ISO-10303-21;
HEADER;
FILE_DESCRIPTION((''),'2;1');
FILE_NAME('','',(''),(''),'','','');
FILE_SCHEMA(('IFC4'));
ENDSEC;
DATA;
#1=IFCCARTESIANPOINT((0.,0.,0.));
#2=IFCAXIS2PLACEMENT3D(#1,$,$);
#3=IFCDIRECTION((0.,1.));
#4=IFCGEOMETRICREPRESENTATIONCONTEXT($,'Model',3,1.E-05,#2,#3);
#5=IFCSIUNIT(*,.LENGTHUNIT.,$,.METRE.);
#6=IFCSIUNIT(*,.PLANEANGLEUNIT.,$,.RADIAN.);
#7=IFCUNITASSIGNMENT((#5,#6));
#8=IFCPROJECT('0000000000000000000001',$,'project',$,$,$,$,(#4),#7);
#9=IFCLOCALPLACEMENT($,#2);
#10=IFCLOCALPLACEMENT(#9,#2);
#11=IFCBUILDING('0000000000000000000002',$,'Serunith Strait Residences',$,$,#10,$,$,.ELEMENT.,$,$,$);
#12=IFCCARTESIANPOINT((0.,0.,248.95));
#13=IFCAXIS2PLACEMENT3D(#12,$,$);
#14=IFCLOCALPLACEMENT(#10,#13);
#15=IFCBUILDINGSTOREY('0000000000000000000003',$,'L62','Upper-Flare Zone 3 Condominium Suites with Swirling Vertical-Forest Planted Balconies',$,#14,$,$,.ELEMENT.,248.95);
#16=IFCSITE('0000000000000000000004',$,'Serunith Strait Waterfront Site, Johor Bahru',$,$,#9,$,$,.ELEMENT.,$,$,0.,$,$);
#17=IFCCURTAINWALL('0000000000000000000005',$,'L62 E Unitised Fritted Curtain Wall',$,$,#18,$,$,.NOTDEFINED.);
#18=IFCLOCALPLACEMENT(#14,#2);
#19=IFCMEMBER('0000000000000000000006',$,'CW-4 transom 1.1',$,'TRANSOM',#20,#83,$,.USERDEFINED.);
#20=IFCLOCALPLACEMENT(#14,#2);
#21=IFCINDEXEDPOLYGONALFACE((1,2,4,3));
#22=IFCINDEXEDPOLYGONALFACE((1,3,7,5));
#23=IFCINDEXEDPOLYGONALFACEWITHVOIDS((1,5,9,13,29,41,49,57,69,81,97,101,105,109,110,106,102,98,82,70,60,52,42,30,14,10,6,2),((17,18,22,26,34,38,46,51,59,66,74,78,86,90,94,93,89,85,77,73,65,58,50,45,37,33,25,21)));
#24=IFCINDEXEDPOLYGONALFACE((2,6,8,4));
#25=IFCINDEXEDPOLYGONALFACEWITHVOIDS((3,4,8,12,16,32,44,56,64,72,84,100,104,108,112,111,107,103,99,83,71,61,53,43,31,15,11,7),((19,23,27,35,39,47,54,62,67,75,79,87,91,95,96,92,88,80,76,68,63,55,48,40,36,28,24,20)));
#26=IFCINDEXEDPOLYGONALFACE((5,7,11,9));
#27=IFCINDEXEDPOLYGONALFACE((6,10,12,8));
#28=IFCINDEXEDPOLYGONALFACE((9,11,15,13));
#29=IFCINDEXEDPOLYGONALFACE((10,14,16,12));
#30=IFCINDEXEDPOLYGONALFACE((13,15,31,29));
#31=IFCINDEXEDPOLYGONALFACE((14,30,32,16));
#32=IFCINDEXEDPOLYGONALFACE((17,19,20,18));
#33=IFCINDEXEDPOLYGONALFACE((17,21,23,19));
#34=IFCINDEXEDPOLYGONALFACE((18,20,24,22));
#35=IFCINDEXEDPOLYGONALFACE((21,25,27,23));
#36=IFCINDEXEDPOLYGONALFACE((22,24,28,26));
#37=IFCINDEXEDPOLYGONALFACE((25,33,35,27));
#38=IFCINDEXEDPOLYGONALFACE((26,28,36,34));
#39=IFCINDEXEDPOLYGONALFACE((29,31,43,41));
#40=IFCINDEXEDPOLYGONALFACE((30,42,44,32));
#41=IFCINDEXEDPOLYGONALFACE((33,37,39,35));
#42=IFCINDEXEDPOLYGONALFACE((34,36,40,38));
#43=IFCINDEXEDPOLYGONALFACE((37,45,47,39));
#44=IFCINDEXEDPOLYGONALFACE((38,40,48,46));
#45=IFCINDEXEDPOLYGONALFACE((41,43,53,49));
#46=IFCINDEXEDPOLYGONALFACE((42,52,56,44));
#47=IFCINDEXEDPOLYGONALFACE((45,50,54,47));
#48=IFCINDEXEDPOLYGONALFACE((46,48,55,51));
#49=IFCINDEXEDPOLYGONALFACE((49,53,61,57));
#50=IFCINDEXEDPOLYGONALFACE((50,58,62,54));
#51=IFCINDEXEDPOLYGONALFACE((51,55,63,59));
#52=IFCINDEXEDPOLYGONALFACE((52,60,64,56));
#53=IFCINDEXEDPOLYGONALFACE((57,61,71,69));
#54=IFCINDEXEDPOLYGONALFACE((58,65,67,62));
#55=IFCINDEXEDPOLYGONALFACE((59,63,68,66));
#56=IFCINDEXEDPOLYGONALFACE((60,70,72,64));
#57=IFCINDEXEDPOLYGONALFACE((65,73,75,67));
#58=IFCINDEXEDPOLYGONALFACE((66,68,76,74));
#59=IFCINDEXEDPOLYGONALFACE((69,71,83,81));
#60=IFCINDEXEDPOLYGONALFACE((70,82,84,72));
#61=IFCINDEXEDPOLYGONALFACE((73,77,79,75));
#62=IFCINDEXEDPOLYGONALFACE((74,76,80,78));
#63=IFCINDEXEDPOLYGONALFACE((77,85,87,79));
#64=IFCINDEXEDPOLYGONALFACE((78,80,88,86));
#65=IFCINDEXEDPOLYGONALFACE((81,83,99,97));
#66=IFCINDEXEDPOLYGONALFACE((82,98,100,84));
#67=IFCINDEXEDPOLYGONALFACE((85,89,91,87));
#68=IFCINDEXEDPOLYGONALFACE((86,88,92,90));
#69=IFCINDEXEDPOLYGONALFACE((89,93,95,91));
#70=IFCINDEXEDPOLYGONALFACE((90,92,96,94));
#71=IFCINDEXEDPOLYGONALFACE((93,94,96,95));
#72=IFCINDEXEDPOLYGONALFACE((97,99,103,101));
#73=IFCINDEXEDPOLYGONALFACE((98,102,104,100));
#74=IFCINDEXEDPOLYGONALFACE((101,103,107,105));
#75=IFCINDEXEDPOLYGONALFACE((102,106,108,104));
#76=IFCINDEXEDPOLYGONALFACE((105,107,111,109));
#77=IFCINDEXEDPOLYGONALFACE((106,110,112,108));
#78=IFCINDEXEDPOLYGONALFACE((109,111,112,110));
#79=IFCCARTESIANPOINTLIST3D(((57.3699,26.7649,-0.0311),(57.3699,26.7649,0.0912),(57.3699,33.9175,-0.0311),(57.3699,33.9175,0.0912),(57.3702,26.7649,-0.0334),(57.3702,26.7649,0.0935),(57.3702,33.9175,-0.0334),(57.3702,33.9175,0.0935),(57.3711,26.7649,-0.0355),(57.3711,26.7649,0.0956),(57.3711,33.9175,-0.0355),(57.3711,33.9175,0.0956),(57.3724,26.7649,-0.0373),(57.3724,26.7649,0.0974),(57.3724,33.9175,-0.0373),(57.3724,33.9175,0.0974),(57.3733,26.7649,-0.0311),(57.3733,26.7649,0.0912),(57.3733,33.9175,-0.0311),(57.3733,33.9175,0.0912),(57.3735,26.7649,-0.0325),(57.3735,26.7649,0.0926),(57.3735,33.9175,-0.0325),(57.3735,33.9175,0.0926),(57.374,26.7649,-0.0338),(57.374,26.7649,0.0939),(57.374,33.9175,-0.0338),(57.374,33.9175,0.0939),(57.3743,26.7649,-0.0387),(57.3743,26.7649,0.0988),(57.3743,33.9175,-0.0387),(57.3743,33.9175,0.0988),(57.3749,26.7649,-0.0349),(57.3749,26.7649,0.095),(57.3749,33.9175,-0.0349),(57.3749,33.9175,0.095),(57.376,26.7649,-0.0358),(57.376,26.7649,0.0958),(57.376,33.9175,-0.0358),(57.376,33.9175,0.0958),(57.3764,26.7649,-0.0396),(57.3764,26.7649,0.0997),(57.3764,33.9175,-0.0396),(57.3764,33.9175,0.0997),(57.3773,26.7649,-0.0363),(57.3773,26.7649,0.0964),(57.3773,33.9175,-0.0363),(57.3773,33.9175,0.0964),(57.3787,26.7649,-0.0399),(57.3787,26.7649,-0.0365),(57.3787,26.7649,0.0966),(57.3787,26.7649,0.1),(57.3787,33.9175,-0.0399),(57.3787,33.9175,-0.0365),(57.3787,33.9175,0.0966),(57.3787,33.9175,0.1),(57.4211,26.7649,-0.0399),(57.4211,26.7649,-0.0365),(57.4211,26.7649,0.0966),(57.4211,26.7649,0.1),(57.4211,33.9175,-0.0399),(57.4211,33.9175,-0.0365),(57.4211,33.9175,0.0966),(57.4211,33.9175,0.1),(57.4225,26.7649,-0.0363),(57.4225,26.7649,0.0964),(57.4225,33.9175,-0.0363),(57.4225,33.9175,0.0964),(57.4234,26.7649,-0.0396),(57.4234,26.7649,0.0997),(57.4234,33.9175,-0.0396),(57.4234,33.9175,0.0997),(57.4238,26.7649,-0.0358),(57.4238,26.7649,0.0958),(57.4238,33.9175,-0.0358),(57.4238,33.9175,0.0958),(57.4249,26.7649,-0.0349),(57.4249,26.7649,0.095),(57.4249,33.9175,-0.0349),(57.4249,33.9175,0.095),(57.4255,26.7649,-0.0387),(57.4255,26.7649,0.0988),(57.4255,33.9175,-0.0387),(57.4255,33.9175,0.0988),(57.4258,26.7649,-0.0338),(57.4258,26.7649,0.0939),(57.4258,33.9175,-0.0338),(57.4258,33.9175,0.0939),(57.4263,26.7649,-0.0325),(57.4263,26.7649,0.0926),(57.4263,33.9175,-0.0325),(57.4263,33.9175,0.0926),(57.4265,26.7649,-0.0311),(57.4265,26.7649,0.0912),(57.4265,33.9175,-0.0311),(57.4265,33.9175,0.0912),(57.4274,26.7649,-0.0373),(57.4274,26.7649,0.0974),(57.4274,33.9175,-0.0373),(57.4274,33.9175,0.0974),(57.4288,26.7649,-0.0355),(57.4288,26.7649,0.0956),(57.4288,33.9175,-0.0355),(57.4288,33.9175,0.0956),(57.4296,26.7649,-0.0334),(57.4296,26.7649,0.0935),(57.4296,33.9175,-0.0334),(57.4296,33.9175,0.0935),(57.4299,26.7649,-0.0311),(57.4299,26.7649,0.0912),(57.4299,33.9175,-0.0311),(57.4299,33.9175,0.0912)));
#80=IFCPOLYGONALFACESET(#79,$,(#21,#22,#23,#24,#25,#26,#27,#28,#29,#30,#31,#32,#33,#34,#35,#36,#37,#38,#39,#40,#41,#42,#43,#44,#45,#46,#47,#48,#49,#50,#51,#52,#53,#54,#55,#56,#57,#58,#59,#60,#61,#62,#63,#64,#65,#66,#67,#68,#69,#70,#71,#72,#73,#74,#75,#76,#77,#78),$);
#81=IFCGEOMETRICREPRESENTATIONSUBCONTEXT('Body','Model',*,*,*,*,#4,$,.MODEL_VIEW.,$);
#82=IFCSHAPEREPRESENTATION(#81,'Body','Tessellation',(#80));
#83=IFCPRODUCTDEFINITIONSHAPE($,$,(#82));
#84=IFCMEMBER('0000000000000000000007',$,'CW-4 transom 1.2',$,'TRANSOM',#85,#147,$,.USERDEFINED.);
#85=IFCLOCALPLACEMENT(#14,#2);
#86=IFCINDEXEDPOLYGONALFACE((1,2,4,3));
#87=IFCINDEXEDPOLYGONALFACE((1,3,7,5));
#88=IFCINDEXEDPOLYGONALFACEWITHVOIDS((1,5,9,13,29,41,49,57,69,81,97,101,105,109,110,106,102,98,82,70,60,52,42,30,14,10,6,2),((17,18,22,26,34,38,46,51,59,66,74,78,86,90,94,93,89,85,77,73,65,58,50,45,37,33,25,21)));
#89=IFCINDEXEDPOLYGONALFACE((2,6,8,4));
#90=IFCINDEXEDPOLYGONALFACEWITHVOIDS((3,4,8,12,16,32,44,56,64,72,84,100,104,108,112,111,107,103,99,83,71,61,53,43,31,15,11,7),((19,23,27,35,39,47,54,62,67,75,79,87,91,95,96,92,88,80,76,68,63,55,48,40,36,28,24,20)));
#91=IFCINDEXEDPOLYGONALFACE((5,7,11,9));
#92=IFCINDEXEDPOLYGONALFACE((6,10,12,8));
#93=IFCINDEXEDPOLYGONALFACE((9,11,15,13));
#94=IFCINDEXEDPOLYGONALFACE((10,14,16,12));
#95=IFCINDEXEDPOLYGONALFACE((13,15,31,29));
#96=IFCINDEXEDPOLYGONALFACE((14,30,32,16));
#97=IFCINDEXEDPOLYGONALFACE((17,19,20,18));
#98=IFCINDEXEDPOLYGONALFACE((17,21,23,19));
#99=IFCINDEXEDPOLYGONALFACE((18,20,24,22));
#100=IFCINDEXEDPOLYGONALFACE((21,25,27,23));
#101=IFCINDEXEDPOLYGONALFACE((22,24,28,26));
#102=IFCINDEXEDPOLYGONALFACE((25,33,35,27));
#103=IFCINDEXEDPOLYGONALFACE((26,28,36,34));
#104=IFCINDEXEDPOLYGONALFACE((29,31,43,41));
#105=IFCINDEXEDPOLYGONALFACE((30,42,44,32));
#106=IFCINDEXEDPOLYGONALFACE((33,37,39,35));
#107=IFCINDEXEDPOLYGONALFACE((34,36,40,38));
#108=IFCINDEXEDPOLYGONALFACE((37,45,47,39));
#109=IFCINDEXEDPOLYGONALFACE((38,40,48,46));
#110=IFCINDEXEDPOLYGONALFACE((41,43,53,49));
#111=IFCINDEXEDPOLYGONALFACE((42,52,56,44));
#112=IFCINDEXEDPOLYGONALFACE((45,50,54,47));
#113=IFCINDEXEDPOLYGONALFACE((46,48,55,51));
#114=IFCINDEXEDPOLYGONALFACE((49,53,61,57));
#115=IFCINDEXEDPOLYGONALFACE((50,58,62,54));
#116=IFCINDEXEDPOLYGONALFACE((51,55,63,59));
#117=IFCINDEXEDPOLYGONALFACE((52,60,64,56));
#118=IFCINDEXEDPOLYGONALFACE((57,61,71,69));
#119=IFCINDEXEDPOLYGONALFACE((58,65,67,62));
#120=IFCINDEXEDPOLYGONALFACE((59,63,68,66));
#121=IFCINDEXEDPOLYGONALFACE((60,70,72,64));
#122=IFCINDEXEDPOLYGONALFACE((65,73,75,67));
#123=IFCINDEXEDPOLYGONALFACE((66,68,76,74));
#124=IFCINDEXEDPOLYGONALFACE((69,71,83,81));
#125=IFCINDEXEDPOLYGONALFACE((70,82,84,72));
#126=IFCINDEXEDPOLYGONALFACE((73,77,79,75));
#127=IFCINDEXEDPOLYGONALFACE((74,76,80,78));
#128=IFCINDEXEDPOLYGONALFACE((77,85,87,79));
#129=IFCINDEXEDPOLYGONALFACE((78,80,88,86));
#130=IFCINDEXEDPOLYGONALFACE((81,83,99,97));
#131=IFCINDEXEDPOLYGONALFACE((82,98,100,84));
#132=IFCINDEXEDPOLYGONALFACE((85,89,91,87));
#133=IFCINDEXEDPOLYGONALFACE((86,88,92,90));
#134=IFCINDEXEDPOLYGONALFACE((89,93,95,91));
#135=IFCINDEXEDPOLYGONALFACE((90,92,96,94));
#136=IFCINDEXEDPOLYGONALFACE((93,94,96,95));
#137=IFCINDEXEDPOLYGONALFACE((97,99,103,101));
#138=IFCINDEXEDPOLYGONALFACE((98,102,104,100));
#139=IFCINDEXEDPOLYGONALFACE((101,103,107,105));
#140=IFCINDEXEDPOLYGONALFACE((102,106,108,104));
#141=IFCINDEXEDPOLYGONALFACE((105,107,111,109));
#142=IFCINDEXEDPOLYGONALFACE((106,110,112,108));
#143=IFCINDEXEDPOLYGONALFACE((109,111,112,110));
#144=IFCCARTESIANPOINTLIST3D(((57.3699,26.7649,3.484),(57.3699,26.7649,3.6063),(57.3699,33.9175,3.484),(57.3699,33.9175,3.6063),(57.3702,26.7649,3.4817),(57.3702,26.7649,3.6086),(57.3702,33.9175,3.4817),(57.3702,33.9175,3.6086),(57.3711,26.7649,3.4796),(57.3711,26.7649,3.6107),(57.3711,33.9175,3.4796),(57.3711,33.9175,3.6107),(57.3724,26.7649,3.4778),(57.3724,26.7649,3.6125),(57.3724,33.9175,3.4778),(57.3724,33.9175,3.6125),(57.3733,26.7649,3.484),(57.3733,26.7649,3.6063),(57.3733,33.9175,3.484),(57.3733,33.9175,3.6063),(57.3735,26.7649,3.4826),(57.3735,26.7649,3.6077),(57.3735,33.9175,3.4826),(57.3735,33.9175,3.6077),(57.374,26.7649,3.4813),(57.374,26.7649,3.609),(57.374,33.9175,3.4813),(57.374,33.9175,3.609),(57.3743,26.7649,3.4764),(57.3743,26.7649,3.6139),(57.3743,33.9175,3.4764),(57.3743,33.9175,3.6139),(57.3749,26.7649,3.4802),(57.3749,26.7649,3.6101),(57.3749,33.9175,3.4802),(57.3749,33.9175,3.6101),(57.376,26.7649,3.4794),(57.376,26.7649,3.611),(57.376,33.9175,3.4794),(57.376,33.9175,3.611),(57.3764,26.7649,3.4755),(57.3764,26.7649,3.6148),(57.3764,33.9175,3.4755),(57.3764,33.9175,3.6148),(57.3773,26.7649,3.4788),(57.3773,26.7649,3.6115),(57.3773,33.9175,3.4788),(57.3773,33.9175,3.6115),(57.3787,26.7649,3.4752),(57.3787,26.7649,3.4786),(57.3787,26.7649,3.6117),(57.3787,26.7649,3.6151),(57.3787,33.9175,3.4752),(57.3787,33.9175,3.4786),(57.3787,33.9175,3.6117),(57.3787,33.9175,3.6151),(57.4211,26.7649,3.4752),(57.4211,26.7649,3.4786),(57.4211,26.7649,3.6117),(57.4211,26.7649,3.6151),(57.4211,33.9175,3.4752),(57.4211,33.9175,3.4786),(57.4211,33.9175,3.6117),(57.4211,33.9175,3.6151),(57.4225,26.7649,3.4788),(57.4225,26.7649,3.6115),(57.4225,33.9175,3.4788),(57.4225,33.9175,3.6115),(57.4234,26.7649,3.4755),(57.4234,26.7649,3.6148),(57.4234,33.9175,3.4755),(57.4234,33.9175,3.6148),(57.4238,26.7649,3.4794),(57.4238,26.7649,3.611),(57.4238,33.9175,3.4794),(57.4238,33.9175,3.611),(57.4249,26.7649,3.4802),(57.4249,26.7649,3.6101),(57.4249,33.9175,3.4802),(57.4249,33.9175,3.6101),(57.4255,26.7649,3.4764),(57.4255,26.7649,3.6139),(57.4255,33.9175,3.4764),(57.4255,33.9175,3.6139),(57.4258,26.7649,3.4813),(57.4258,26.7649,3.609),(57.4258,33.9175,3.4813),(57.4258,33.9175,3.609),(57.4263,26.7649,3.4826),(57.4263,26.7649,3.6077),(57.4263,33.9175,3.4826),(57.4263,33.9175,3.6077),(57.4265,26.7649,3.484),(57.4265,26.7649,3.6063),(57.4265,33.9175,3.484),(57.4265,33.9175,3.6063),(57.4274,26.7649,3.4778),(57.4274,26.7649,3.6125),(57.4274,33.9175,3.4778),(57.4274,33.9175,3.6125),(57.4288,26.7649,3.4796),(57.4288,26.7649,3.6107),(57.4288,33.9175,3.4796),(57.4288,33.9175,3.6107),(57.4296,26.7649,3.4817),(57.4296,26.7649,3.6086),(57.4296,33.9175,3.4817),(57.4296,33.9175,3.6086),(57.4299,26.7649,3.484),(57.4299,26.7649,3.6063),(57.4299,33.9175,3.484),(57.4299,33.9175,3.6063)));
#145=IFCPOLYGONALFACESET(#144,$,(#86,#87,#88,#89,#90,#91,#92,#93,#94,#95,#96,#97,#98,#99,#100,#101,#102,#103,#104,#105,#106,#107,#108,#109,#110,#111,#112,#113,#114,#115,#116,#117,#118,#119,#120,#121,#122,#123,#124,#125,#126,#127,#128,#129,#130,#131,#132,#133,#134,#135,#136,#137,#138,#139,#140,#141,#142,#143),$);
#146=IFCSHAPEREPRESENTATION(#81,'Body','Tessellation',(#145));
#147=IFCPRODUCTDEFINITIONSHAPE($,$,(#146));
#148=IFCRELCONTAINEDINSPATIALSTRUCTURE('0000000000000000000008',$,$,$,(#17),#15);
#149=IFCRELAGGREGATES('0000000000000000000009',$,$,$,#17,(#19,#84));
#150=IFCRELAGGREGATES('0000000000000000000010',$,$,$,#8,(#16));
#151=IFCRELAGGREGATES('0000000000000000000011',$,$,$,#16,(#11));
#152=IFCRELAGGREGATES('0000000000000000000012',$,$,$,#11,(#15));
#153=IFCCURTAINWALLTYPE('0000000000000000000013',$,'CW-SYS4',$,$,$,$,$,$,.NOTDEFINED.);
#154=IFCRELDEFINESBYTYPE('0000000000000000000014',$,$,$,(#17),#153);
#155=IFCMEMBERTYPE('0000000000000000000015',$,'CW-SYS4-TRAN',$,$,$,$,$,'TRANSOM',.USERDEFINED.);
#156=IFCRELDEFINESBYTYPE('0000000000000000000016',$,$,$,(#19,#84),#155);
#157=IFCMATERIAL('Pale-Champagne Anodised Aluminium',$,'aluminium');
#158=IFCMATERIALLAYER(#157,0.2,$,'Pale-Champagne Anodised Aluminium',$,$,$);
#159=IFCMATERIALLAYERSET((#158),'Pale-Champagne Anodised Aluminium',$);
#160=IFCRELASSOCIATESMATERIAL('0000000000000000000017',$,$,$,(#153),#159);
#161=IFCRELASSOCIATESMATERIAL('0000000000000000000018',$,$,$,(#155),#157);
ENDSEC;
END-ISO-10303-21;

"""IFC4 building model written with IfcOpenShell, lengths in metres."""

from ifc_helpers import new_model, si_unit, direction, frame, origin, origin_2d, place, context, subcontext, project, spatial, hollow_rectangle, extrude, source, transform, mapped, material, layer, layer_set, material_profile, profile_set, type_object, element, aggregate, save


model = new_model("IFC4")

# Units and contexts
model_context = context("Model", 3, precision=1e-05, world=origin(), true_north=direction((0.0, 1.0)))
body_context = subcontext(model_context, "Body", "Model", "MODEL_VIEW")
ifc_project = project(units=[si_unit("LENGTHUNIT", "METRE"), si_unit("PLANEANGLEUNIT", "RADIAN")], contexts=[model_context])

# Site, building, storey
site_placement = place(None, origin())
site = spatial("IfcSite", under=ifc_project, at=site_placement, Name="Serunith Strait Waterfront Site, Johor Bahru", CompositionType="ELEMENT", RefElevation=0.0)
building_placement = place(site_placement, origin())
building = spatial("IfcBuilding", under=site, at=building_placement, Name="Serunith Strait Residences", CompositionType="ELEMENT")
storey_placement = place(building_placement, frame((0.0, 0.0, 248.95)))
storey = spatial("IfcBuildingStorey", under=building, at=storey_placement, Name="L62", Description="Upper-Flare Zone 3 Condominium Suites with Swirling Vertical-Forest Planted Balconies", CompositionType="ELEMENT", Elevation=248.95)

# Curtain wall, members
ifc_material_1 = material(Name="Pale-Champagne Anodised Aluminium", Category="aluminium")
ifc_layer_1 = layer(ifc_material_1, 0.2, Name="Pale-Champagne Anodised Aluminium")
ifc_layer_set_1 = layer_set([ifc_layer_1], Name="Pale-Champagne Anodised Aluminium")
curtain_wall_type = type_object("IfcCurtainWallType", Name="CW-SYS4", PredefinedType="NOTDEFINED", material=ifc_layer_set_1)
curtain_wall_placement = place(storey_placement, origin())
curtain_wall = element("IfcCurtainWall", 1, at=curtain_wall_placement, inside=storey, type_object=curtain_wall_type, Name="L62 E Unitised Fritted Curtain Wall", PredefinedType="NOTDEFINED")
ifc_material_profile_1 = material_profile(ifc_material_1, hollow_rectangle(XDim=0.0601, YDim=0.1399, WallThickness=0.0034, InnerFilletRadius=0.0054, OuterFilletRadius=0.0088, at=origin_2d()), Name="ALU 140x60x3.5")
ifc_profile_set_1 = profile_set([ifc_material_profile_1], Name="Pale-Champagne Anodised Aluminium")
member_type_1 = type_object("IfcMemberType", Name="CW-SYS4-TRAN", ElementType="TRANSOM", PredefinedType="USERDEFINED", material=ifc_profile_set_1)
shared_shape_1 = source(origin(), body_context, "Body", "SweptSolid", [
    extrude(hollow_rectangle(XDim=0.0601, YDim=0.1399, WallThickness=0.0034, InnerFilletRadius=0.0054, OuterFilletRadius=0.0088, at=origin_2d()), origin(), (0.0, 0.0, 1.0), 7.1526),
])
member_1_placement = place(storey_placement, frame((57.3999, 26.7649, 0.03), z_axis=(0.0, 1.0, 0.0), x_axis=(-1.0, 0.0, 0.0)))
member_1 = element("IfcMember", 2, at=member_1_placement, type_object=member_type_1, Name="CW-4 transom 1.1", ObjectType="TRANSOM", PredefinedType="USERDEFINED", context=body_context, shape_type="MappedRepresentation", body=[
    mapped(shared_shape_1, transform((0.0, 0.0, 0.0), scale=1.0)),
])
member_2_placement = place(storey_placement, frame((57.3999, 26.7649, 3.5452), z_axis=(0.0, 1.0, 0.0), x_axis=(-1.0, 0.0, 0.0)))
member_2 = element("IfcMember", 3, at=member_2_placement, type_object=member_type_1, Name="CW-4 transom 1.2", ObjectType="TRANSOM", PredefinedType="USERDEFINED", context=body_context, shape_type="MappedRepresentation", body=[
    mapped(shared_shape_1, transform((0.0, 0.0, 0.0), scale=1.0)),
])
aggregate(curtain_wall, [member_1, member_2])

save(model, "model.ifc")
